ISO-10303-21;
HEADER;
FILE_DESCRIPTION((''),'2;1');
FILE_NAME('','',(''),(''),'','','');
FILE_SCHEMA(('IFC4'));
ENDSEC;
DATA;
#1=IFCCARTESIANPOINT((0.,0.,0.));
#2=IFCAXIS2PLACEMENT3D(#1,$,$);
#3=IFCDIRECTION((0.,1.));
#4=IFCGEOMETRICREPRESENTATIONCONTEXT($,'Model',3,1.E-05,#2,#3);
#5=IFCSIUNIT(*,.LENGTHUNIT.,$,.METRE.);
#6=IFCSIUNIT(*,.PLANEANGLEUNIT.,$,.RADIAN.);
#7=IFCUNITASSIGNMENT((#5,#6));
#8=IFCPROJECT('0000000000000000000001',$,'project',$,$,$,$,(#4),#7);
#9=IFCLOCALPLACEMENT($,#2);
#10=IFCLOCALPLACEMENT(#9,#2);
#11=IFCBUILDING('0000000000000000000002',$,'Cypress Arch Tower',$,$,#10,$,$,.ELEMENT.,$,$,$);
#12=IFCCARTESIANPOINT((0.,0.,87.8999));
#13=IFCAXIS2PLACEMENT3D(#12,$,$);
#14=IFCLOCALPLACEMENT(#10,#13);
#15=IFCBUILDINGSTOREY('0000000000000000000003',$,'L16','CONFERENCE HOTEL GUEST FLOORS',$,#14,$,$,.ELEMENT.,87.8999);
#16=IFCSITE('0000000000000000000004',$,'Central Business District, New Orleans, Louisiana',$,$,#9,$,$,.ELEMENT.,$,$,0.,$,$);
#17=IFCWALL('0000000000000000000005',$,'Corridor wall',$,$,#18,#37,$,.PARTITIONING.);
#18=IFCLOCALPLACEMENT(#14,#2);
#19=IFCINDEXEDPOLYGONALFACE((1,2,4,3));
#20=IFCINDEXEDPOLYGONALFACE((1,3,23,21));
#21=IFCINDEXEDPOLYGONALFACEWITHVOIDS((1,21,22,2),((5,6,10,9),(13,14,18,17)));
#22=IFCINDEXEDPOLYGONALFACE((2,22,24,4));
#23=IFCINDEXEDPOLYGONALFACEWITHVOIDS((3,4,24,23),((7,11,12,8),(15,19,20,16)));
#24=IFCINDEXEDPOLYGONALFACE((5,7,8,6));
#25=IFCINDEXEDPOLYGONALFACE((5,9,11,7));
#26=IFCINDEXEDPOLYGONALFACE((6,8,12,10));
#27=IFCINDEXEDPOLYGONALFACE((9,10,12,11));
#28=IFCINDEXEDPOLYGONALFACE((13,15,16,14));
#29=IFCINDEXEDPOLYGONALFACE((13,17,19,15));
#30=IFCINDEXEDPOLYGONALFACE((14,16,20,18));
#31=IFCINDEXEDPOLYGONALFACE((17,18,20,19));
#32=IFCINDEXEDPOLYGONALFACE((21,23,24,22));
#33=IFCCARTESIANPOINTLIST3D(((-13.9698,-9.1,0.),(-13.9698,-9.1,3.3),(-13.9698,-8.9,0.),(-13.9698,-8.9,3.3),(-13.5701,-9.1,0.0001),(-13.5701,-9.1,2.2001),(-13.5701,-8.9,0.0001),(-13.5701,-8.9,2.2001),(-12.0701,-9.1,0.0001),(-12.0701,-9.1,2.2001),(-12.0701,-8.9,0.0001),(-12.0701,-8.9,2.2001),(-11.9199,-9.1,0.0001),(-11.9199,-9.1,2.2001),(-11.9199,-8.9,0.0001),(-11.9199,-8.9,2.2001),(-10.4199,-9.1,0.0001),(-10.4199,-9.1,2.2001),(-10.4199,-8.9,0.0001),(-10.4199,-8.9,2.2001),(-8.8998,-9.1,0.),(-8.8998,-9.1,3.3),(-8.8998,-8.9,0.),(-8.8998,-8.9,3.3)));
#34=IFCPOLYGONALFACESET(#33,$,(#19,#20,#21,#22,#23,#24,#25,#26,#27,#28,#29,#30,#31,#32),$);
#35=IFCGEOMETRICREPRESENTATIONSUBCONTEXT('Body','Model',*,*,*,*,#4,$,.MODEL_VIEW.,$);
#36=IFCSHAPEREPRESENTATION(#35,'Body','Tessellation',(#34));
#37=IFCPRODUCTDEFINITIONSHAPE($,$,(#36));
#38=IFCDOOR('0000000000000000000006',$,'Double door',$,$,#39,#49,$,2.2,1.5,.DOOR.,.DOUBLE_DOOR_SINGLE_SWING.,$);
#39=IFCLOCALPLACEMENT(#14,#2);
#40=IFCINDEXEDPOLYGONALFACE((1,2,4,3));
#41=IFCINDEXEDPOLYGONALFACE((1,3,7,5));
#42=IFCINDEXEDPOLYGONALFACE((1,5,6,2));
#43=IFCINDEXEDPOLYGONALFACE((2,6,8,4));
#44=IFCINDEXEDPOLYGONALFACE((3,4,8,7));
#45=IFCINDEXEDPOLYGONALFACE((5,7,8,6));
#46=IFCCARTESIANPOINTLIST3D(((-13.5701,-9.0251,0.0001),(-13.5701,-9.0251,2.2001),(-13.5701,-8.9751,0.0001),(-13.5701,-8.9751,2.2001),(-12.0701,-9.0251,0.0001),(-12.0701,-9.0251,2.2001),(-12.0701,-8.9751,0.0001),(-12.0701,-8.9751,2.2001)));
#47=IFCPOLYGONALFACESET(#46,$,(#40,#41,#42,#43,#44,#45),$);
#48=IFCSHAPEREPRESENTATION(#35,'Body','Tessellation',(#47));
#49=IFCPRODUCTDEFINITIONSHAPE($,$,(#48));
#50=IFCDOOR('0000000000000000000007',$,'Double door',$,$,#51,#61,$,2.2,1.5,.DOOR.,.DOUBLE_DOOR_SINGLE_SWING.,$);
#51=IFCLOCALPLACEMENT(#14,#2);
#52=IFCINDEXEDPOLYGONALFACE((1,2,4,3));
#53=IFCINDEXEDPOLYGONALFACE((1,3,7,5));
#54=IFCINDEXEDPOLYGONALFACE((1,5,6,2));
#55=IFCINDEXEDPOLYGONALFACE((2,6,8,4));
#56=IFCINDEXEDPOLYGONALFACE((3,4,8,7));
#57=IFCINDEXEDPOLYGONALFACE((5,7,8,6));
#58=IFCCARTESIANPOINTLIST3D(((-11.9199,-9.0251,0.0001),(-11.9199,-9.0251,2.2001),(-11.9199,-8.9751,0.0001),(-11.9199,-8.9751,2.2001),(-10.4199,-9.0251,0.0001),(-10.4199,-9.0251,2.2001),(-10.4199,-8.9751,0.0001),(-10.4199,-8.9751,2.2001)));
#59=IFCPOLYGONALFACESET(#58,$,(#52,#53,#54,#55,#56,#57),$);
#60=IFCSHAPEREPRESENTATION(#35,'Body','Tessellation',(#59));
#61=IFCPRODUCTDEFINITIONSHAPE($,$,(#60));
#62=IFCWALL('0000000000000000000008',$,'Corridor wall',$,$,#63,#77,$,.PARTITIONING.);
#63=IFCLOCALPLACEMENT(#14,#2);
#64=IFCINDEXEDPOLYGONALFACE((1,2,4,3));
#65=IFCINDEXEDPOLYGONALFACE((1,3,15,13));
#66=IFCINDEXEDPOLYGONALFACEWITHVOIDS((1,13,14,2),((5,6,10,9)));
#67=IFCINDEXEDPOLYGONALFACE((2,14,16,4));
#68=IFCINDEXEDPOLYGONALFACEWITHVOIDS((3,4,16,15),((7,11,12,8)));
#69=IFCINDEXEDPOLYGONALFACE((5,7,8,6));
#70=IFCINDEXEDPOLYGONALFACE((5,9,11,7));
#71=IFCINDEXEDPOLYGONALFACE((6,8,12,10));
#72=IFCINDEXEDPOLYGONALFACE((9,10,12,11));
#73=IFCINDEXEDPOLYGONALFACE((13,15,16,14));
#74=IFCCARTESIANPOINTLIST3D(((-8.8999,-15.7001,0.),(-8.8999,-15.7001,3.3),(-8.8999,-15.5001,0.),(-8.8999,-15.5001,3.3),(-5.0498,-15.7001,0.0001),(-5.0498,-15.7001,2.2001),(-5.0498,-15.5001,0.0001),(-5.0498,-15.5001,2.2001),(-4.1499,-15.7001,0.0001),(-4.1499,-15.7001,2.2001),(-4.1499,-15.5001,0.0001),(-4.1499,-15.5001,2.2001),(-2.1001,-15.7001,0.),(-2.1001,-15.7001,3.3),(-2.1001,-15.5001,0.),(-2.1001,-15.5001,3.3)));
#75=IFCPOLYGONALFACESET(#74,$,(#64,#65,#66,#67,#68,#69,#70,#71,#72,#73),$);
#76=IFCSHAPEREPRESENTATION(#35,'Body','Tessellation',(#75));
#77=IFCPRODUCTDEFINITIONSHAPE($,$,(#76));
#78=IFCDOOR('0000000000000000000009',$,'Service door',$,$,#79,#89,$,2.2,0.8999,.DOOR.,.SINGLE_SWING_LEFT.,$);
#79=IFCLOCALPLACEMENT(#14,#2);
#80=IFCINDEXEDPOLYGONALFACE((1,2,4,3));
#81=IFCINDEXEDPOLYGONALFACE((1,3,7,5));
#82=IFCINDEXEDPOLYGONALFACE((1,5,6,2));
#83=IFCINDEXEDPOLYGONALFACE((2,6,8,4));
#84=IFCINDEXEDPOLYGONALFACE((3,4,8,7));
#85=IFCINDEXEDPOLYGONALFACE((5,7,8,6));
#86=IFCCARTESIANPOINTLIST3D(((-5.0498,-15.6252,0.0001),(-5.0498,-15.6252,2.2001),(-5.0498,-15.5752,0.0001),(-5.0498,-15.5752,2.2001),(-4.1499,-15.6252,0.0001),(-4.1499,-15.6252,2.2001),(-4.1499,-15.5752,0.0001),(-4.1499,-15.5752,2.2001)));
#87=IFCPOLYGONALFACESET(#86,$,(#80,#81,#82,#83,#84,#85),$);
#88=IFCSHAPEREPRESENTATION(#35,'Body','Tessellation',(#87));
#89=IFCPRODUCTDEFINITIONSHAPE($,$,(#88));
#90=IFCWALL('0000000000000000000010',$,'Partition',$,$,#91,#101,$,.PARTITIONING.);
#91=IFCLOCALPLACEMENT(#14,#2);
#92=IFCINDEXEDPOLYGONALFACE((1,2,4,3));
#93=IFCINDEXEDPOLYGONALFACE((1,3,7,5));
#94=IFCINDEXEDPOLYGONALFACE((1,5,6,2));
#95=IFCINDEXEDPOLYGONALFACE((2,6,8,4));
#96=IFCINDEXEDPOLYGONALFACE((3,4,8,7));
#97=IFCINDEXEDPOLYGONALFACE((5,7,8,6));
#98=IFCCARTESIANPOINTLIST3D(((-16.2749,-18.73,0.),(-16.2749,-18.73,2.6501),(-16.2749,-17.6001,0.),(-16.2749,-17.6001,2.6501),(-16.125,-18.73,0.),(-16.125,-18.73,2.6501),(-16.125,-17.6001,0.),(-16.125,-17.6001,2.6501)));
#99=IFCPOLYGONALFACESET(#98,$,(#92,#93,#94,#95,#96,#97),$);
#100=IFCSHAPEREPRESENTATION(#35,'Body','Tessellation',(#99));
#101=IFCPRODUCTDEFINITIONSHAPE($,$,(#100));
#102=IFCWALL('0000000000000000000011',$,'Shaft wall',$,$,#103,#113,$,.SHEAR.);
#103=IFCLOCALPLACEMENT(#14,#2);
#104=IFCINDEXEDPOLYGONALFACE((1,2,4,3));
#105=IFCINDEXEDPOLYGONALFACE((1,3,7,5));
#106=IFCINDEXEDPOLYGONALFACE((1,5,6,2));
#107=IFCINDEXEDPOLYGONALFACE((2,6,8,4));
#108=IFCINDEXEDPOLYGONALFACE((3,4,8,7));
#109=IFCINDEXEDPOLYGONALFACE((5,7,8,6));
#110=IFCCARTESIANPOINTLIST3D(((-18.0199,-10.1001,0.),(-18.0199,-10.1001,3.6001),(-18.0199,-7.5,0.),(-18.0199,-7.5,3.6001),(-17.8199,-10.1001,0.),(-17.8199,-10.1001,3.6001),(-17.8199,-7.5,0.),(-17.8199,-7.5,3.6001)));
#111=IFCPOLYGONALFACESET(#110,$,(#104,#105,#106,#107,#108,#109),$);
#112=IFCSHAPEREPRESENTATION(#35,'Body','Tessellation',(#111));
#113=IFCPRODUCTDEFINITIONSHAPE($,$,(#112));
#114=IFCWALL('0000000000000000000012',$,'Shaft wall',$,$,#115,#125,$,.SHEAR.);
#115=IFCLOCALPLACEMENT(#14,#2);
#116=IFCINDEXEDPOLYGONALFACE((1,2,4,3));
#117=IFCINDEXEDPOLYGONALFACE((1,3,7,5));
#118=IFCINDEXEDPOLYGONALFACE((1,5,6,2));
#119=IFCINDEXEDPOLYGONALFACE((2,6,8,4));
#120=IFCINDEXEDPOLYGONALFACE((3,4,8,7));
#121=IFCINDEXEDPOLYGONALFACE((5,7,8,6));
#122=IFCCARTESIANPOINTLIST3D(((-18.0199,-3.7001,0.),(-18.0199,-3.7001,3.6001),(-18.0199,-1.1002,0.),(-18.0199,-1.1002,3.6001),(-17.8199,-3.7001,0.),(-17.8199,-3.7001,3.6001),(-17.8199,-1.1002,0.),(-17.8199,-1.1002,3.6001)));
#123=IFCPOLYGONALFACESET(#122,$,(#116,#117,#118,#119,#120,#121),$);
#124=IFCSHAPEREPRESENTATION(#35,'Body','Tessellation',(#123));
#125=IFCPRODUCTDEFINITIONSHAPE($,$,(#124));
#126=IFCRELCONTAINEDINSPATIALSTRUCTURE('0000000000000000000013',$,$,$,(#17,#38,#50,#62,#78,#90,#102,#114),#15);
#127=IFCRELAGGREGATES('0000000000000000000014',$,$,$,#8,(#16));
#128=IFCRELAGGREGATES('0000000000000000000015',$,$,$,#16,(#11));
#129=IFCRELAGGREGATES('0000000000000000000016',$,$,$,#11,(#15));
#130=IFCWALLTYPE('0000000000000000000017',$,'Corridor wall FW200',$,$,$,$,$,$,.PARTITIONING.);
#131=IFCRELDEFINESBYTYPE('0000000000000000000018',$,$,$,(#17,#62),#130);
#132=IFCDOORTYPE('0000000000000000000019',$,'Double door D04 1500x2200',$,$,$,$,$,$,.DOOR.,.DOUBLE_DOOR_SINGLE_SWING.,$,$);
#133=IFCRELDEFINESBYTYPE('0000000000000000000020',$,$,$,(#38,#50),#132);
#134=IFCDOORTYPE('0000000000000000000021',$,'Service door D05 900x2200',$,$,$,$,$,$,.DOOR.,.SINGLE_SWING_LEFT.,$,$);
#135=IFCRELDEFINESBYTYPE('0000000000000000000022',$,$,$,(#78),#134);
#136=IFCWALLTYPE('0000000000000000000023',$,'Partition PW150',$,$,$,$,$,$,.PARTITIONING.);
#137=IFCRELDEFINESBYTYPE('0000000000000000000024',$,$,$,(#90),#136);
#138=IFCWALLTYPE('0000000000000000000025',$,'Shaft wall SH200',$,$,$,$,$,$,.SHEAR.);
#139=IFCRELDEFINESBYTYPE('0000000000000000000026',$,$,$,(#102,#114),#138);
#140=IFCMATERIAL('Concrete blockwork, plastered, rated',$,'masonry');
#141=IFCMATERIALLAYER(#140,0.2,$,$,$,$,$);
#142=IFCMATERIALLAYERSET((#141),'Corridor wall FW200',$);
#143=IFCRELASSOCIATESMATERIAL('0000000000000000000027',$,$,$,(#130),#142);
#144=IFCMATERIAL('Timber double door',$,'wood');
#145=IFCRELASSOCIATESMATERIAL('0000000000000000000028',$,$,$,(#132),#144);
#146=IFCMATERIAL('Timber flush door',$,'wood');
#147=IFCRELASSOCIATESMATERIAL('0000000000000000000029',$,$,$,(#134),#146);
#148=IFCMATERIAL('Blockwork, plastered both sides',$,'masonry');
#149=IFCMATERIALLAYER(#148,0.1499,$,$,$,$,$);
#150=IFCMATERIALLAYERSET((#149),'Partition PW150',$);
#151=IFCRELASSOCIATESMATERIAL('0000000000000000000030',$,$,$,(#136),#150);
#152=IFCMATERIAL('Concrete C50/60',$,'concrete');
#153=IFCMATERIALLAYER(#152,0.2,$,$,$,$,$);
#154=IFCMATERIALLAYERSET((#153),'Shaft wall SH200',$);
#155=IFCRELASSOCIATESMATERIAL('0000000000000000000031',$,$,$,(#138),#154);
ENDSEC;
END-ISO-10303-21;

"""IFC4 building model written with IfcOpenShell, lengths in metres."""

from ifc_helpers import new_model, si_unit, direction, frame, frame_2d, origin, place, context, subcontext, project, spatial, rectangle, extrude, material, layer, layer_set, type_object, element, fill, save


model = new_model("IFC4")

# Units and contexts
model_context = context("Model", 3, precision=1e-05, world=origin(), true_north=direction((0.0, 1.0)))
body_context = subcontext(model_context, "Body", "Model", "MODEL_VIEW")
ifc_project = project(units=[si_unit("LENGTHUNIT", "METRE"), si_unit("PLANEANGLEUNIT", "RADIAN")], contexts=[model_context])

# Site, building, storey
site_placement = place(None, origin())
site = spatial("IfcSite", under=ifc_project, at=site_placement, Name="Central Business District, New Orleans, Louisiana", CompositionType="ELEMENT", RefElevation=0.0)
building_placement = place(site_placement, origin())
building = spatial("IfcBuilding", under=site, at=building_placement, Name="Cypress Arch Tower", CompositionType="ELEMENT")
storey_placement = place(building_placement, frame((0.0, 0.0, 87.8999)))
storey = spatial("IfcBuildingStorey", under=building, at=storey_placement, Name="L16", Description="CONFERENCE HOTEL GUEST FLOORS", CompositionType="ELEMENT", Elevation=87.8999)

# Shared definitions
ifc_material_1 = material(Name="Concrete blockwork, plastered, rated", Category="masonry")
ifc_layer_1 = layer(ifc_material_1, 0.2)
ifc_layer_set_1 = layer_set([ifc_layer_1], Name="Corridor wall FW200")
wall_type_1 = type_object("IfcWallType", Name="Corridor wall FW200", PredefinedType="PARTITIONING", material=ifc_layer_set_1)

# Wall, openings, doors
wall_1_placement = place(storey_placement, frame((-13.97, -9.0, 0.0), z_axis=(0.0, 0.0, 1.0), x_axis=(1.0, 0.0, 0.0)))
wall_1 = element("IfcWall", 1, at=wall_1_placement, inside=storey, type_object=wall_type_1, Name="Corridor wall", PredefinedType="PARTITIONING", context=body_context, shape_type="SweptSolid", body=[
    extrude(rectangle(XDim=5.0701, YDim=0.2, at=frame_2d((2.5352, 0.0))), origin(), (0.0, 0.0, 1.0), 3.3),
])
opening_1_placement = place(wall_1_placement, frame((0.3999, 0.0, 0.0)))
opening_1 = element("IfcOpeningElement", 2, at=opening_1_placement, cuts=wall_1, PredefinedType="OPENING", context=body_context, shape_type="SweptSolid", body=[
    extrude(rectangle(XDim=1.5, YDim=2.2, at=frame_2d((0.75, 1.1001))), frame((0.0, 0.1099, 0.0), z_axis=(0.0, -1.0, 0.0), x_axis=(1.0, 0.0, 0.0)), (0.0, 0.0, 1.0), 0.22),
])
opening_2_placement = place(wall_1_placement, frame((2.05, 0.0, 0.0)))
opening_2 = element("IfcOpeningElement", 3, at=opening_2_placement, cuts=wall_1, PredefinedType="OPENING", context=body_context, shape_type="SweptSolid", body=[
    extrude(rectangle(XDim=1.5, YDim=2.2, at=frame_2d((0.75, 1.1001))), frame((0.0, 0.1099, 0.0), z_axis=(0.0, -1.0, 0.0), x_axis=(1.0, 0.0, 0.0)), (0.0, 0.0, 1.0), 0.22),
])
ifc_material_2 = material(Name="Timber double door", Category="wood")
door_type_1 = type_object("IfcDoorType", Name="Double door D04 1500x2200", OperationType="DOUBLE_DOOR_SINGLE_SWING", PredefinedType="DOOR", material=ifc_material_2)
door_1_placement = place(opening_1_placement, origin())
door_1 = element("IfcDoor", 4, at=door_1_placement, inside=storey, type_object=door_type_1, Name="Double door", OperationType="DOUBLE_DOOR_SINGLE_SWING", OverallHeight=2.2, OverallWidth=1.5, PredefinedType="DOOR", context=body_context, shape_type="SweptSolid", body=[
    extrude(rectangle(XDim=1.5, YDim=2.2, at=frame_2d((0.75, 1.1001))), frame((0.0, 0.0249, 0.0), z_axis=(0.0, -1.0, 0.0), x_axis=(1.0, 0.0, 0.0)), (0.0, 0.0, 1.0), 0.05),
])
fill(opening_1, door_1)
door_2_placement = place(opening_2_placement, origin())
door_2 = element("IfcDoor", 5, at=door_2_placement, inside=storey, type_object=door_type_1, Name="Double door", OperationType="DOUBLE_DOOR_SINGLE_SWING", OverallHeight=2.2, OverallWidth=1.5, PredefinedType="DOOR", context=body_context, shape_type="SweptSolid", body=[
    extrude(rectangle(XDim=1.5, YDim=2.2, at=frame_2d((0.75, 1.1001))), frame((0.0, 0.0249, 0.0), z_axis=(0.0, -1.0, 0.0), x_axis=(1.0, 0.0, 0.0)), (0.0, 0.0, 1.0), 0.05),
])
fill(opening_2, door_2)

# Wall, opening, door
wall_2_placement = place(storey_placement, frame((-8.8999, -15.6001, 0.0), z_axis=(0.0, 0.0, 1.0), x_axis=(1.0, 0.0, 0.0)))
wall_2 = element("IfcWall", 6, at=wall_2_placement, inside=storey, type_object=wall_type_1, Name="Corridor wall", PredefinedType="PARTITIONING", context=body_context, shape_type="SweptSolid", body=[
    extrude(rectangle(XDim=6.7998, YDim=0.2, at=frame_2d((3.3999, 0.0))), origin(), (0.0, 0.0, 1.0), 3.3),
])
opening_3_placement = place(wall_2_placement, frame((3.8501, 0.0, 0.0)))
opening_3 = element("IfcOpeningElement", 7, at=opening_3_placement, cuts=wall_2, PredefinedType="OPENING", context=body_context, shape_type="SweptSolid", body=[
    extrude(rectangle(XDim=0.8999, YDim=2.2, at=frame_2d((0.45, 1.1001))), frame((0.0, 0.1099, 0.0), z_axis=(0.0, -1.0, 0.0), x_axis=(1.0, 0.0, 0.0)), (0.0, 0.0, 1.0), 0.22),
])
ifc_material_3 = material(Name="Timber flush door", Category="wood")
door_type_2 = type_object("IfcDoorType", Name="Service door D05 900x2200", OperationType="SINGLE_SWING_LEFT", PredefinedType="DOOR", material=ifc_material_3)
door_3_placement = place(opening_3_placement, origin())
door_3 = element("IfcDoor", 8, at=door_3_placement, inside=storey, type_object=door_type_2, Name="Service door", OperationType="SINGLE_SWING_LEFT", OverallHeight=2.2, OverallWidth=0.8999, PredefinedType="DOOR", context=body_context, shape_type="SweptSolid", body=[
    extrude(rectangle(XDim=0.8999, YDim=2.2, at=frame_2d((0.45, 1.1001))), frame((0.0, 0.0249, 0.0), z_axis=(0.0, -1.0, 0.0), x_axis=(1.0, 0.0, 0.0)), (0.0, 0.0, 1.0), 0.05),
])
fill(opening_3, door_3)

# Walls
ifc_material_4 = material(Name="Blockwork, plastered both sides", Category="masonry")
ifc_layer_2 = layer(ifc_material_4, 0.1499)
ifc_layer_set_2 = layer_set([ifc_layer_2], Name="Partition PW150")
wall_type_2 = type_object("IfcWallType", Name="Partition PW150", PredefinedType="PARTITIONING", material=ifc_layer_set_2)
wall_3_placement = place(storey_placement, frame((-16.2, -18.73, 0.0), z_axis=(0.0, 0.0, 1.0), x_axis=(0.0, 1.0, 0.0)))
element("IfcWall", 9, at=wall_3_placement, inside=storey, type_object=wall_type_2, Name="Partition", PredefinedType="PARTITIONING", context=body_context, shape_type="SweptSolid", body=[
    extrude(rectangle(XDim=1.1299, YDim=0.1499, at=frame_2d((0.5649, 0.0))), origin(), (0.0, 0.0, 1.0), 2.6501),
])
ifc_material_5 = material(Name="Concrete C50/60", Category="concrete")
ifc_layer_3 = layer(ifc_material_5, 0.2)
ifc_layer_set_3 = layer_set([ifc_layer_3], Name="Shaft wall SH200")
wall_type_3 = type_object("IfcWallType", Name="Shaft wall SH200", PredefinedType="SHEAR", material=ifc_layer_set_3)
wall_4_placement = place(storey_placement, frame((-17.9199, -10.1001, 0.0), z_axis=(0.0, 0.0, 1.0), x_axis=(0.0, 1.0, 0.0)))
element("IfcWall", 10, at=wall_4_placement, inside=storey, type_object=wall_type_3, Name="Shaft wall", PredefinedType="SHEAR", context=body_context, shape_type="SweptSolid", body=[
    extrude(rectangle(XDim=2.6001, YDim=0.2, at=frame_2d((1.3, 0.0))), origin(), (0.0, 0.0, 1.0), 3.6001),
])
wall_5_placement = place(storey_placement, frame((-17.9199, -3.7, 0.0), z_axis=(0.0, 0.0, 1.0), x_axis=(0.0, 1.0, 0.0)))
element("IfcWall", 11, at=wall_5_placement, inside=storey, type_object=wall_type_3, Name="Shaft wall", PredefinedType="SHEAR", context=body_context, shape_type="SweptSolid", body=[
    extrude(rectangle(XDim=2.5999, YDim=0.2, at=frame_2d((1.2998, 0.0))), origin(), (0.0, 0.0, 1.0), 3.6001),
])

save(model, "model.ifc")
